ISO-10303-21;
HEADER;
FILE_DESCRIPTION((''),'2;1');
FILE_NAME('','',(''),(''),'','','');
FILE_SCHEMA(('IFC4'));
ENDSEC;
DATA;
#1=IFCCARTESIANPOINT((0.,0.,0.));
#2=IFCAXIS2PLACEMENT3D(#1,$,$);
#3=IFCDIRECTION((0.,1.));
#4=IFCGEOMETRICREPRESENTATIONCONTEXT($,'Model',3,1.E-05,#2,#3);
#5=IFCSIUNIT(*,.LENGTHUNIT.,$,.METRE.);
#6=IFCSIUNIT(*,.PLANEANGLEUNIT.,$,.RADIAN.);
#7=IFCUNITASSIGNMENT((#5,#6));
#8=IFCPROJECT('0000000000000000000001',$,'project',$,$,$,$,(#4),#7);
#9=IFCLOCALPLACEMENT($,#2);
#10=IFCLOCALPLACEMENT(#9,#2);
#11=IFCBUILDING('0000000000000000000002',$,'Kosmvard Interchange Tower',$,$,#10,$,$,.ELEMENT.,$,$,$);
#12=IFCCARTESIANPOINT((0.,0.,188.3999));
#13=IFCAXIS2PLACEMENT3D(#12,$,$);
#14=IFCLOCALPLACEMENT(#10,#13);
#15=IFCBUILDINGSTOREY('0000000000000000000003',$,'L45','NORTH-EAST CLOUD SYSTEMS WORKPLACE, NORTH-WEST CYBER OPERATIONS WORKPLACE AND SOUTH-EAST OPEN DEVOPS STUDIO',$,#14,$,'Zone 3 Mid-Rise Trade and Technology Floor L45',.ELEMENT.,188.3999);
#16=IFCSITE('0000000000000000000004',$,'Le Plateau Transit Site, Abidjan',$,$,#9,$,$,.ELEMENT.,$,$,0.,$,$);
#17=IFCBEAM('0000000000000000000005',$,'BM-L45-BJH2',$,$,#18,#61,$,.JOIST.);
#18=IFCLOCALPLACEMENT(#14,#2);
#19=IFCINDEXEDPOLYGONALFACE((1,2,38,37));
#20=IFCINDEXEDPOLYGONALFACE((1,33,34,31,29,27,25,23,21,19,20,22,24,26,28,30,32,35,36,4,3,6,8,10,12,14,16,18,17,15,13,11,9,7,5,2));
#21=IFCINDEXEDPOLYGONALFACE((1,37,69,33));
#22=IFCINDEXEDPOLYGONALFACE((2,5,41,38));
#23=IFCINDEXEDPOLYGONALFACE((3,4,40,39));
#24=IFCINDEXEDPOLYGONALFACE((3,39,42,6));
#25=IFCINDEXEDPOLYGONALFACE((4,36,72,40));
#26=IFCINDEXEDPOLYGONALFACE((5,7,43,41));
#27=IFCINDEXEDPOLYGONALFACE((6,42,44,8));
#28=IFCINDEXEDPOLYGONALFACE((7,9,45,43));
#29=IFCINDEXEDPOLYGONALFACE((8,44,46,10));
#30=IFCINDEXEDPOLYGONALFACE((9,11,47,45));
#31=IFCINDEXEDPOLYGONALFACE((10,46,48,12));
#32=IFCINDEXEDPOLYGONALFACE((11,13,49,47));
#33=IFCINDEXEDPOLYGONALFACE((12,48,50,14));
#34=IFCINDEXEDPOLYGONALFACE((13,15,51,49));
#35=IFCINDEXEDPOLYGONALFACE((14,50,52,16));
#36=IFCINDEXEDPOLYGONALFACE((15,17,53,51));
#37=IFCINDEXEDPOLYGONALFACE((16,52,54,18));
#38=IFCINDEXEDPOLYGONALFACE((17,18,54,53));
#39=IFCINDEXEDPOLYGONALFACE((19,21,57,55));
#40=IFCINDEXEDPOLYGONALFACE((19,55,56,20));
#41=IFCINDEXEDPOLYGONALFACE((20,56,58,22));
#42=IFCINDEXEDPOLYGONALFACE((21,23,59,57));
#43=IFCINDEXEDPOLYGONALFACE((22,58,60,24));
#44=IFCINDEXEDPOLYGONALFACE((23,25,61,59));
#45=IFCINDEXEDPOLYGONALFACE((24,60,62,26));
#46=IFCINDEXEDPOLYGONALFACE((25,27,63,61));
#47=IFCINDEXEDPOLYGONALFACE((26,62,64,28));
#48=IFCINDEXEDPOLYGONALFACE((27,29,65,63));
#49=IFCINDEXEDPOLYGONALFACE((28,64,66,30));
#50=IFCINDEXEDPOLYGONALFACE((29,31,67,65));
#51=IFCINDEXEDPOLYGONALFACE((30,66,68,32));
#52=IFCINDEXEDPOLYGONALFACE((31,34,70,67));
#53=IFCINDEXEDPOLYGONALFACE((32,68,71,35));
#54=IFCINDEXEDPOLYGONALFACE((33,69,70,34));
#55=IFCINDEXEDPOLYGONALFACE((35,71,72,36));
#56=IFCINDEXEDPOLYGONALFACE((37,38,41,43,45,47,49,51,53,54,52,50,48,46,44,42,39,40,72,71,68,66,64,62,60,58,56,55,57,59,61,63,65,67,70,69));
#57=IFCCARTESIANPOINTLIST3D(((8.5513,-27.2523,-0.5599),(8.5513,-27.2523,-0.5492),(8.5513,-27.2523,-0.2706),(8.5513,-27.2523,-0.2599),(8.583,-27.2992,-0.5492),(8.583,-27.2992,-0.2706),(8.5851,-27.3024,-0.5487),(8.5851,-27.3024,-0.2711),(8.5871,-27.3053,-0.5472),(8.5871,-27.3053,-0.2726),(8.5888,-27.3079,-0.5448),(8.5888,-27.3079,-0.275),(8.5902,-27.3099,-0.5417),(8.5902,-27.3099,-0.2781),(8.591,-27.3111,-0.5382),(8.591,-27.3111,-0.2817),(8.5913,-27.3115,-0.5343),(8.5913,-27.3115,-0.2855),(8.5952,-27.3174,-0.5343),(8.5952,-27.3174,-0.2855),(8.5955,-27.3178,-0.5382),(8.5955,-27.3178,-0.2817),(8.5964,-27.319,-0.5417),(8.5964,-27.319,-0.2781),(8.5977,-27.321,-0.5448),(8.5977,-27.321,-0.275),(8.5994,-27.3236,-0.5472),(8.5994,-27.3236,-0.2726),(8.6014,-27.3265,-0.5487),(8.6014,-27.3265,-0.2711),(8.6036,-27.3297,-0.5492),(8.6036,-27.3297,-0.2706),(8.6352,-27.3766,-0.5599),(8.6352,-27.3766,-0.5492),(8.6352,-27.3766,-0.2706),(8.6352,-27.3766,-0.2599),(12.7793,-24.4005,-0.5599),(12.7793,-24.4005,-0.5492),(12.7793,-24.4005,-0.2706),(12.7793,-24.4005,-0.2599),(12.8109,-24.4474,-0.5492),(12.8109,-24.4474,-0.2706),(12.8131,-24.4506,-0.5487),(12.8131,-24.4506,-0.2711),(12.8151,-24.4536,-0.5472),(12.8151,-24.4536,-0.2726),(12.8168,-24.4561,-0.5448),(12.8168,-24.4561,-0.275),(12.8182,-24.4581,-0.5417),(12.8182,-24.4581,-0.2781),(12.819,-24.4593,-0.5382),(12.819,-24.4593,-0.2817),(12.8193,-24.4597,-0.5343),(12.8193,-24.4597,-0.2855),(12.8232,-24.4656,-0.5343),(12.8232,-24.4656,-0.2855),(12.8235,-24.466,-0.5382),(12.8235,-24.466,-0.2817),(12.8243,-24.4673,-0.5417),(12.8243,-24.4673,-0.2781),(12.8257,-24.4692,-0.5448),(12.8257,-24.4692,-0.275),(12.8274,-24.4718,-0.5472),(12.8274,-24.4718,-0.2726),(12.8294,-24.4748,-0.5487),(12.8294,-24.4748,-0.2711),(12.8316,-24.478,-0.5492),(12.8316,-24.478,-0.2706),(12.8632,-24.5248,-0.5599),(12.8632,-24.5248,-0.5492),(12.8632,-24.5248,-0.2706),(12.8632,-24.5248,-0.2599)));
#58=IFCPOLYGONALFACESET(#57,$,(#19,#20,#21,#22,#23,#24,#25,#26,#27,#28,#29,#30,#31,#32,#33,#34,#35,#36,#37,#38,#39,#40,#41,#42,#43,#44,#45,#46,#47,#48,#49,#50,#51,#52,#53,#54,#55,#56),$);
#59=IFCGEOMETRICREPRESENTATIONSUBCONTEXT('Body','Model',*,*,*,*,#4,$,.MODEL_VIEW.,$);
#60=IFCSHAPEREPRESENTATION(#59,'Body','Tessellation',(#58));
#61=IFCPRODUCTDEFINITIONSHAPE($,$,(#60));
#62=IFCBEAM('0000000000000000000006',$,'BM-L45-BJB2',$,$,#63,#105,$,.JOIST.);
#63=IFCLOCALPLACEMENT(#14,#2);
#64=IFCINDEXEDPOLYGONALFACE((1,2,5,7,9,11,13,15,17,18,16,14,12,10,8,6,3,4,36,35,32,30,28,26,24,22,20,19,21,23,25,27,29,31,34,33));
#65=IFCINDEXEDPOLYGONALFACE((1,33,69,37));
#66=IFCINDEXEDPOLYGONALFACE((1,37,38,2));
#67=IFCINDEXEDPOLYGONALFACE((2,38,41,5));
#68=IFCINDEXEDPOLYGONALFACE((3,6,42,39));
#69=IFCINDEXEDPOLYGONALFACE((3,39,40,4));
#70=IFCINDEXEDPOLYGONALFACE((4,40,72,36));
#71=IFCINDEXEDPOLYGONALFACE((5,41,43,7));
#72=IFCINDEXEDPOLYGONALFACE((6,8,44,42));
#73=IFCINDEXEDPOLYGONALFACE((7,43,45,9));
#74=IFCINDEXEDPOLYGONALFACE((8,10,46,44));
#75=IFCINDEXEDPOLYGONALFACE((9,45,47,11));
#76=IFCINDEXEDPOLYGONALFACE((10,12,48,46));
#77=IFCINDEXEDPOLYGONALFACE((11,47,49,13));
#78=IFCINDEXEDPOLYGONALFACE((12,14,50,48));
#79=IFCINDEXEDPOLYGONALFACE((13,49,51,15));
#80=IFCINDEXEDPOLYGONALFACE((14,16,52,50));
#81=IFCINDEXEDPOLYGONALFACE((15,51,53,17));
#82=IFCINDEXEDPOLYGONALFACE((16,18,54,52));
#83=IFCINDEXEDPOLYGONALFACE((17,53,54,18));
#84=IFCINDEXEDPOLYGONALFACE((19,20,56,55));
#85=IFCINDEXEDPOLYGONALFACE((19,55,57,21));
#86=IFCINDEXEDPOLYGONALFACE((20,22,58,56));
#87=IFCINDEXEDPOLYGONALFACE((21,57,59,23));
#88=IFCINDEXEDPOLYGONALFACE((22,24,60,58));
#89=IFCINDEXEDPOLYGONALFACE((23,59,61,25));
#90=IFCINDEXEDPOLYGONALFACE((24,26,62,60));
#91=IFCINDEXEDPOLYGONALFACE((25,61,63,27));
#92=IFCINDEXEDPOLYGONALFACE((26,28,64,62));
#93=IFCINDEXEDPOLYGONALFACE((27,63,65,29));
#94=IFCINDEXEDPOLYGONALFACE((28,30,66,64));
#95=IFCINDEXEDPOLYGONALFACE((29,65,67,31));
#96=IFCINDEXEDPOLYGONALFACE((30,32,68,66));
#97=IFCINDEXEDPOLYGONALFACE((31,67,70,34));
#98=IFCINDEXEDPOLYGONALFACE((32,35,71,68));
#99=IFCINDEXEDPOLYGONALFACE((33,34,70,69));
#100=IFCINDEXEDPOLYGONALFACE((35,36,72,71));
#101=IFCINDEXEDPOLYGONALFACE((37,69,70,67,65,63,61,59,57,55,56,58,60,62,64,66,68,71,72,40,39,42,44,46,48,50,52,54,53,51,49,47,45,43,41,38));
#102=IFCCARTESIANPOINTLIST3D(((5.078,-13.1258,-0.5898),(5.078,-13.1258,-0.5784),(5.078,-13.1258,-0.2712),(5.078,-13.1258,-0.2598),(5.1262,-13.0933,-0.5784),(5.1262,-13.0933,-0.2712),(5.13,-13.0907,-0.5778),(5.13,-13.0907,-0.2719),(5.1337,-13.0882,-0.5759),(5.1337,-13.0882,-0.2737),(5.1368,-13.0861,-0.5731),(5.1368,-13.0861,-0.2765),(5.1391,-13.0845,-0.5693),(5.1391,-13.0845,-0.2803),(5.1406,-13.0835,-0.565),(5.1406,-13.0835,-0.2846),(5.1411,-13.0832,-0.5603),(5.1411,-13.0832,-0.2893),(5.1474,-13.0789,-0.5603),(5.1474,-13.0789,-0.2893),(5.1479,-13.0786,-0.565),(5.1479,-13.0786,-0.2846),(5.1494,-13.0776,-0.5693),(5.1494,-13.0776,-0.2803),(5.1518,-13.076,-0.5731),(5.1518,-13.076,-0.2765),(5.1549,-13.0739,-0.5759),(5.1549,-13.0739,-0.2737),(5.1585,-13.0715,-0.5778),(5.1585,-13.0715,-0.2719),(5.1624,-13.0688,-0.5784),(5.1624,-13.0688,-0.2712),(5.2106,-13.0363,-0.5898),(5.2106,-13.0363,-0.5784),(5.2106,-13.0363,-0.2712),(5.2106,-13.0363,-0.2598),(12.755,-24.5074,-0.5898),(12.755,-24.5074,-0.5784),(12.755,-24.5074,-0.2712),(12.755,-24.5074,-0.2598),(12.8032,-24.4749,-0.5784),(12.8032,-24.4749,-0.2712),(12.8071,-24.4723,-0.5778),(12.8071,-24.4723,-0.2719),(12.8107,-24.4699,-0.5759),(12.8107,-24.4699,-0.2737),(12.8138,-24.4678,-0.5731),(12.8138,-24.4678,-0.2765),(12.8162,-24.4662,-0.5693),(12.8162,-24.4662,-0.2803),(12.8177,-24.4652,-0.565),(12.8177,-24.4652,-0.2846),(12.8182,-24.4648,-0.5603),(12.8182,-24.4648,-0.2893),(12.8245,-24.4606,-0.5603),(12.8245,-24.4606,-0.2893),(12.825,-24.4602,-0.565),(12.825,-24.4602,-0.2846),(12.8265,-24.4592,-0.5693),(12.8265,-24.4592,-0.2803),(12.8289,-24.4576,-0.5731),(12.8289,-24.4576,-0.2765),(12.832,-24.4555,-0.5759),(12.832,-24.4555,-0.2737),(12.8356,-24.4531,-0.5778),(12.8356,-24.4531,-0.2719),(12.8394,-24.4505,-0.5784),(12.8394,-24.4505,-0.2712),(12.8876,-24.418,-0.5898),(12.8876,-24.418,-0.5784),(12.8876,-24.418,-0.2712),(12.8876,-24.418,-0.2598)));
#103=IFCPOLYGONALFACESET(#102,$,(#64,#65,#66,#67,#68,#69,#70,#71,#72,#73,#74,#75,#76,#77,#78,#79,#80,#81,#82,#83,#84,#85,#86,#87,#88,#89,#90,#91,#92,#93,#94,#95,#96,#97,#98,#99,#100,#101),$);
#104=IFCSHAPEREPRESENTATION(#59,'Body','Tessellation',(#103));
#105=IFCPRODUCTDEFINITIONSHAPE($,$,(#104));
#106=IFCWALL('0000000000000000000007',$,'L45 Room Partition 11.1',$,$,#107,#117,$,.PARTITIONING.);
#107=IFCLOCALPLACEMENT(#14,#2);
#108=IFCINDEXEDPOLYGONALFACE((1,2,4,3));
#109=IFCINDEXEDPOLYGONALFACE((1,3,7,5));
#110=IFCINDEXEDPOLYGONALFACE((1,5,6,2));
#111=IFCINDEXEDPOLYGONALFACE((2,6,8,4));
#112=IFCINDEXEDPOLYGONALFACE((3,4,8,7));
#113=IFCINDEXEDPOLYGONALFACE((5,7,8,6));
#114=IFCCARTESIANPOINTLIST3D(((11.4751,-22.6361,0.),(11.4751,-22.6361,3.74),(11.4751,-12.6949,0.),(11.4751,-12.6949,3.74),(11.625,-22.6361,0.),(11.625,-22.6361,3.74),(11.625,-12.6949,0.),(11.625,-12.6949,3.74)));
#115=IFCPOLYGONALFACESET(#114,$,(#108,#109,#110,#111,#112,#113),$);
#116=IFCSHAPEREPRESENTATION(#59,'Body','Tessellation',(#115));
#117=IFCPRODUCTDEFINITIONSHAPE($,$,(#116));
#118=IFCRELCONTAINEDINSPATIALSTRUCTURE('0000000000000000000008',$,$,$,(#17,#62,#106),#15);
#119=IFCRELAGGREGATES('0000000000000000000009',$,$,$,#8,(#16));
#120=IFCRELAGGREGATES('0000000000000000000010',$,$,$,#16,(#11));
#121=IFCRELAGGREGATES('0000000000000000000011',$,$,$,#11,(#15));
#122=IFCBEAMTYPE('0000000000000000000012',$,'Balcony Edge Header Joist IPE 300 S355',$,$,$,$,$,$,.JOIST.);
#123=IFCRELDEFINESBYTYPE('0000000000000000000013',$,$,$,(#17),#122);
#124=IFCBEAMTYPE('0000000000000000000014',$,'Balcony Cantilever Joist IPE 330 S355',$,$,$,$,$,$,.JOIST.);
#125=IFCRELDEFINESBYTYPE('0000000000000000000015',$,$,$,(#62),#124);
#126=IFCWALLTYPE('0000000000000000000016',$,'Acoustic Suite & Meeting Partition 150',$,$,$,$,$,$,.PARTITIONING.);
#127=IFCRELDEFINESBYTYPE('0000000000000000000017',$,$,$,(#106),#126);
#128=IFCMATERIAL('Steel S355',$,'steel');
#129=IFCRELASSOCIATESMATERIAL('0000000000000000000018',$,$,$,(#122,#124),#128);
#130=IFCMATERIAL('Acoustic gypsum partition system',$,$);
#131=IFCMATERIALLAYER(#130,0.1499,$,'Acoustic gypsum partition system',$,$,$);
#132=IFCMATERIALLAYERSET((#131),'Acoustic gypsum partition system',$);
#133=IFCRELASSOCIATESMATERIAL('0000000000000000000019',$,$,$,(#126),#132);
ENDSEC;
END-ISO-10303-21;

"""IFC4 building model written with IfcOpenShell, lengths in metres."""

from ifc_helpers import new_model, si_unit, direction, frame, frame_2d, origin, origin_2d, place, context, subcontext, project, spatial, rectangle, i_section, extrude, source, transform, mapped, material, layer, layer_set, material_profile, profile_set, type_object, element, save


model = new_model("IFC4")

# Units and contexts
model_context = context("Model", 3, precision=1e-05, world=origin(), true_north=direction((0.0, 1.0)))
body_context = subcontext(model_context, "Body", "Model", "MODEL_VIEW")
ifc_project = project(units=[si_unit("LENGTHUNIT", "METRE"), si_unit("PLANEANGLEUNIT", "RADIAN")], contexts=[model_context])

# Site, building, storey
site_placement = place(None, origin())
site = spatial("IfcSite", under=ifc_project, at=site_placement, Name="Le Plateau Transit Site, Abidjan", CompositionType="ELEMENT", RefElevation=0.0)
building_placement = place(site_placement, origin())
building = spatial("IfcBuilding", under=site, at=building_placement, Name="Kosmvard Interchange Tower", CompositionType="ELEMENT")
storey_placement = place(building_placement, frame((0.0, 0.0, 188.3999)))
storey = spatial("IfcBuildingStorey", under=building, at=storey_placement, Name="L45", Description="NORTH-EAST CLOUD SYSTEMS WORKPLACE, NORTH-WEST CYBER OPERATIONS WORKPLACE AND SOUTH-EAST OPEN DEVOPS STUDIO", LongName="Zone 3 Mid-Rise Trade and Technology Floor L45", CompositionType="ELEMENT", Elevation=188.3999)

# Beams
ifc_material_1 = material(Name="Steel S355", Category="steel")
ifc_material_profile_1 = material_profile(ifc_material_1, i_section(OverallWidth=0.1499, OverallDepth=0.3, WebThickness=0.0071, FlangeThickness=0.0107, FilletRadius=0.0149, at=origin_2d()), Name="IPE 300")
ifc_profile_set_1 = profile_set([ifc_material_profile_1], Name="Steel S355")
beam_type_1 = type_object("IfcBeamType", Name="Balcony Edge Header Joist IPE 300 S355", PredefinedType="JOIST", material=ifc_profile_set_1)
shared_shape_1 = source(origin(), body_context, "Body", "SweptSolid", [
    extrude(i_section(OverallWidth=0.1499, OverallDepth=0.3, WebThickness=0.0071, FlangeThickness=0.0107, FilletRadius=0.0149, at=origin_2d()), origin(), (0.0, 0.0, 1.0), 5.0999),
])
beam_1_placement = place(storey_placement, frame((8.5933, -27.3145, -0.4099), z_axis=(0.829041, 0.559188, 0.0), x_axis=(-0.559188, 0.829041, 0.0)))
element("IfcBeam", 1, at=beam_1_placement, inside=storey, type_object=beam_type_1, Name="BM-L45-BJH2", PredefinedType="JOIST", context=body_context, shape_type="MappedRepresentation", body=[
    mapped(shared_shape_1, transform((0.0, 0.0, 0.0), scale=1.0)),
])
ifc_material_profile_2 = material_profile(ifc_material_1, i_section(OverallWidth=0.1599, OverallDepth=0.3301, WebThickness=0.0076, FlangeThickness=0.0115, FilletRadius=0.0181, at=origin_2d()), Name="IPE 330")
ifc_profile_set_2 = profile_set([ifc_material_profile_2], Name="Steel S355")
beam_type_2 = type_object("IfcBeamType", Name="Balcony Cantilever Joist IPE 330 S355", PredefinedType="JOIST", material=ifc_profile_set_2)
shared_shape_2 = source(origin(), body_context, "Body", "SweptSolid", [
    extrude(i_section(OverallWidth=0.1599, OverallDepth=0.3301, WebThickness=0.0076, FlangeThickness=0.0115, FilletRadius=0.0181, at=origin_2d()), origin(), (0.0, 0.0, 1.0), 13.7288),
])
beam_2_placement = place(storey_placement, frame((5.1443, -13.0811, -0.4248), z_axis=(0.559194, -0.829037, 0.0), x_axis=(0.829037, 0.559194, 0.0)))
element("IfcBeam", 2, at=beam_2_placement, inside=storey, type_object=beam_type_2, Name="BM-L45-BJB2", PredefinedType="JOIST", context=body_context, shape_type="MappedRepresentation", body=[
    mapped(shared_shape_2, transform((0.0, 0.0, 0.0), scale=1.0)),
])

# Wall
ifc_material_2 = material(Name="Acoustic gypsum partition system")
ifc_layer_1 = layer(ifc_material_2, 0.1499, Name="Acoustic gypsum partition system")
ifc_layer_set_1 = layer_set([ifc_layer_1], Name="Acoustic gypsum partition system")
wall_type_1 = type_object("IfcWallType", Name="Acoustic Suite & Meeting Partition 150", PredefinedType="PARTITIONING", material=ifc_layer_set_1)
wall_1_placement = place(storey_placement, frame((11.55, -22.6362, 0.0), z_axis=(0.0, 0.0, 1.0), x_axis=(0.0, 1.0, 0.0)))
element("IfcWall", 3, at=wall_1_placement, inside=storey, type_object=wall_type_1, Name="L45 Room Partition 11.1", PredefinedType="PARTITIONING", context=body_context, shape_type="SweptSolid", body=[
    extrude(rectangle(XDim=9.9412, YDim=0.1499, at=frame_2d((4.9707, 0.0))), origin(), (0.0, 0.0, 1.0), 3.74),
])

save(model, "model.ifc")
